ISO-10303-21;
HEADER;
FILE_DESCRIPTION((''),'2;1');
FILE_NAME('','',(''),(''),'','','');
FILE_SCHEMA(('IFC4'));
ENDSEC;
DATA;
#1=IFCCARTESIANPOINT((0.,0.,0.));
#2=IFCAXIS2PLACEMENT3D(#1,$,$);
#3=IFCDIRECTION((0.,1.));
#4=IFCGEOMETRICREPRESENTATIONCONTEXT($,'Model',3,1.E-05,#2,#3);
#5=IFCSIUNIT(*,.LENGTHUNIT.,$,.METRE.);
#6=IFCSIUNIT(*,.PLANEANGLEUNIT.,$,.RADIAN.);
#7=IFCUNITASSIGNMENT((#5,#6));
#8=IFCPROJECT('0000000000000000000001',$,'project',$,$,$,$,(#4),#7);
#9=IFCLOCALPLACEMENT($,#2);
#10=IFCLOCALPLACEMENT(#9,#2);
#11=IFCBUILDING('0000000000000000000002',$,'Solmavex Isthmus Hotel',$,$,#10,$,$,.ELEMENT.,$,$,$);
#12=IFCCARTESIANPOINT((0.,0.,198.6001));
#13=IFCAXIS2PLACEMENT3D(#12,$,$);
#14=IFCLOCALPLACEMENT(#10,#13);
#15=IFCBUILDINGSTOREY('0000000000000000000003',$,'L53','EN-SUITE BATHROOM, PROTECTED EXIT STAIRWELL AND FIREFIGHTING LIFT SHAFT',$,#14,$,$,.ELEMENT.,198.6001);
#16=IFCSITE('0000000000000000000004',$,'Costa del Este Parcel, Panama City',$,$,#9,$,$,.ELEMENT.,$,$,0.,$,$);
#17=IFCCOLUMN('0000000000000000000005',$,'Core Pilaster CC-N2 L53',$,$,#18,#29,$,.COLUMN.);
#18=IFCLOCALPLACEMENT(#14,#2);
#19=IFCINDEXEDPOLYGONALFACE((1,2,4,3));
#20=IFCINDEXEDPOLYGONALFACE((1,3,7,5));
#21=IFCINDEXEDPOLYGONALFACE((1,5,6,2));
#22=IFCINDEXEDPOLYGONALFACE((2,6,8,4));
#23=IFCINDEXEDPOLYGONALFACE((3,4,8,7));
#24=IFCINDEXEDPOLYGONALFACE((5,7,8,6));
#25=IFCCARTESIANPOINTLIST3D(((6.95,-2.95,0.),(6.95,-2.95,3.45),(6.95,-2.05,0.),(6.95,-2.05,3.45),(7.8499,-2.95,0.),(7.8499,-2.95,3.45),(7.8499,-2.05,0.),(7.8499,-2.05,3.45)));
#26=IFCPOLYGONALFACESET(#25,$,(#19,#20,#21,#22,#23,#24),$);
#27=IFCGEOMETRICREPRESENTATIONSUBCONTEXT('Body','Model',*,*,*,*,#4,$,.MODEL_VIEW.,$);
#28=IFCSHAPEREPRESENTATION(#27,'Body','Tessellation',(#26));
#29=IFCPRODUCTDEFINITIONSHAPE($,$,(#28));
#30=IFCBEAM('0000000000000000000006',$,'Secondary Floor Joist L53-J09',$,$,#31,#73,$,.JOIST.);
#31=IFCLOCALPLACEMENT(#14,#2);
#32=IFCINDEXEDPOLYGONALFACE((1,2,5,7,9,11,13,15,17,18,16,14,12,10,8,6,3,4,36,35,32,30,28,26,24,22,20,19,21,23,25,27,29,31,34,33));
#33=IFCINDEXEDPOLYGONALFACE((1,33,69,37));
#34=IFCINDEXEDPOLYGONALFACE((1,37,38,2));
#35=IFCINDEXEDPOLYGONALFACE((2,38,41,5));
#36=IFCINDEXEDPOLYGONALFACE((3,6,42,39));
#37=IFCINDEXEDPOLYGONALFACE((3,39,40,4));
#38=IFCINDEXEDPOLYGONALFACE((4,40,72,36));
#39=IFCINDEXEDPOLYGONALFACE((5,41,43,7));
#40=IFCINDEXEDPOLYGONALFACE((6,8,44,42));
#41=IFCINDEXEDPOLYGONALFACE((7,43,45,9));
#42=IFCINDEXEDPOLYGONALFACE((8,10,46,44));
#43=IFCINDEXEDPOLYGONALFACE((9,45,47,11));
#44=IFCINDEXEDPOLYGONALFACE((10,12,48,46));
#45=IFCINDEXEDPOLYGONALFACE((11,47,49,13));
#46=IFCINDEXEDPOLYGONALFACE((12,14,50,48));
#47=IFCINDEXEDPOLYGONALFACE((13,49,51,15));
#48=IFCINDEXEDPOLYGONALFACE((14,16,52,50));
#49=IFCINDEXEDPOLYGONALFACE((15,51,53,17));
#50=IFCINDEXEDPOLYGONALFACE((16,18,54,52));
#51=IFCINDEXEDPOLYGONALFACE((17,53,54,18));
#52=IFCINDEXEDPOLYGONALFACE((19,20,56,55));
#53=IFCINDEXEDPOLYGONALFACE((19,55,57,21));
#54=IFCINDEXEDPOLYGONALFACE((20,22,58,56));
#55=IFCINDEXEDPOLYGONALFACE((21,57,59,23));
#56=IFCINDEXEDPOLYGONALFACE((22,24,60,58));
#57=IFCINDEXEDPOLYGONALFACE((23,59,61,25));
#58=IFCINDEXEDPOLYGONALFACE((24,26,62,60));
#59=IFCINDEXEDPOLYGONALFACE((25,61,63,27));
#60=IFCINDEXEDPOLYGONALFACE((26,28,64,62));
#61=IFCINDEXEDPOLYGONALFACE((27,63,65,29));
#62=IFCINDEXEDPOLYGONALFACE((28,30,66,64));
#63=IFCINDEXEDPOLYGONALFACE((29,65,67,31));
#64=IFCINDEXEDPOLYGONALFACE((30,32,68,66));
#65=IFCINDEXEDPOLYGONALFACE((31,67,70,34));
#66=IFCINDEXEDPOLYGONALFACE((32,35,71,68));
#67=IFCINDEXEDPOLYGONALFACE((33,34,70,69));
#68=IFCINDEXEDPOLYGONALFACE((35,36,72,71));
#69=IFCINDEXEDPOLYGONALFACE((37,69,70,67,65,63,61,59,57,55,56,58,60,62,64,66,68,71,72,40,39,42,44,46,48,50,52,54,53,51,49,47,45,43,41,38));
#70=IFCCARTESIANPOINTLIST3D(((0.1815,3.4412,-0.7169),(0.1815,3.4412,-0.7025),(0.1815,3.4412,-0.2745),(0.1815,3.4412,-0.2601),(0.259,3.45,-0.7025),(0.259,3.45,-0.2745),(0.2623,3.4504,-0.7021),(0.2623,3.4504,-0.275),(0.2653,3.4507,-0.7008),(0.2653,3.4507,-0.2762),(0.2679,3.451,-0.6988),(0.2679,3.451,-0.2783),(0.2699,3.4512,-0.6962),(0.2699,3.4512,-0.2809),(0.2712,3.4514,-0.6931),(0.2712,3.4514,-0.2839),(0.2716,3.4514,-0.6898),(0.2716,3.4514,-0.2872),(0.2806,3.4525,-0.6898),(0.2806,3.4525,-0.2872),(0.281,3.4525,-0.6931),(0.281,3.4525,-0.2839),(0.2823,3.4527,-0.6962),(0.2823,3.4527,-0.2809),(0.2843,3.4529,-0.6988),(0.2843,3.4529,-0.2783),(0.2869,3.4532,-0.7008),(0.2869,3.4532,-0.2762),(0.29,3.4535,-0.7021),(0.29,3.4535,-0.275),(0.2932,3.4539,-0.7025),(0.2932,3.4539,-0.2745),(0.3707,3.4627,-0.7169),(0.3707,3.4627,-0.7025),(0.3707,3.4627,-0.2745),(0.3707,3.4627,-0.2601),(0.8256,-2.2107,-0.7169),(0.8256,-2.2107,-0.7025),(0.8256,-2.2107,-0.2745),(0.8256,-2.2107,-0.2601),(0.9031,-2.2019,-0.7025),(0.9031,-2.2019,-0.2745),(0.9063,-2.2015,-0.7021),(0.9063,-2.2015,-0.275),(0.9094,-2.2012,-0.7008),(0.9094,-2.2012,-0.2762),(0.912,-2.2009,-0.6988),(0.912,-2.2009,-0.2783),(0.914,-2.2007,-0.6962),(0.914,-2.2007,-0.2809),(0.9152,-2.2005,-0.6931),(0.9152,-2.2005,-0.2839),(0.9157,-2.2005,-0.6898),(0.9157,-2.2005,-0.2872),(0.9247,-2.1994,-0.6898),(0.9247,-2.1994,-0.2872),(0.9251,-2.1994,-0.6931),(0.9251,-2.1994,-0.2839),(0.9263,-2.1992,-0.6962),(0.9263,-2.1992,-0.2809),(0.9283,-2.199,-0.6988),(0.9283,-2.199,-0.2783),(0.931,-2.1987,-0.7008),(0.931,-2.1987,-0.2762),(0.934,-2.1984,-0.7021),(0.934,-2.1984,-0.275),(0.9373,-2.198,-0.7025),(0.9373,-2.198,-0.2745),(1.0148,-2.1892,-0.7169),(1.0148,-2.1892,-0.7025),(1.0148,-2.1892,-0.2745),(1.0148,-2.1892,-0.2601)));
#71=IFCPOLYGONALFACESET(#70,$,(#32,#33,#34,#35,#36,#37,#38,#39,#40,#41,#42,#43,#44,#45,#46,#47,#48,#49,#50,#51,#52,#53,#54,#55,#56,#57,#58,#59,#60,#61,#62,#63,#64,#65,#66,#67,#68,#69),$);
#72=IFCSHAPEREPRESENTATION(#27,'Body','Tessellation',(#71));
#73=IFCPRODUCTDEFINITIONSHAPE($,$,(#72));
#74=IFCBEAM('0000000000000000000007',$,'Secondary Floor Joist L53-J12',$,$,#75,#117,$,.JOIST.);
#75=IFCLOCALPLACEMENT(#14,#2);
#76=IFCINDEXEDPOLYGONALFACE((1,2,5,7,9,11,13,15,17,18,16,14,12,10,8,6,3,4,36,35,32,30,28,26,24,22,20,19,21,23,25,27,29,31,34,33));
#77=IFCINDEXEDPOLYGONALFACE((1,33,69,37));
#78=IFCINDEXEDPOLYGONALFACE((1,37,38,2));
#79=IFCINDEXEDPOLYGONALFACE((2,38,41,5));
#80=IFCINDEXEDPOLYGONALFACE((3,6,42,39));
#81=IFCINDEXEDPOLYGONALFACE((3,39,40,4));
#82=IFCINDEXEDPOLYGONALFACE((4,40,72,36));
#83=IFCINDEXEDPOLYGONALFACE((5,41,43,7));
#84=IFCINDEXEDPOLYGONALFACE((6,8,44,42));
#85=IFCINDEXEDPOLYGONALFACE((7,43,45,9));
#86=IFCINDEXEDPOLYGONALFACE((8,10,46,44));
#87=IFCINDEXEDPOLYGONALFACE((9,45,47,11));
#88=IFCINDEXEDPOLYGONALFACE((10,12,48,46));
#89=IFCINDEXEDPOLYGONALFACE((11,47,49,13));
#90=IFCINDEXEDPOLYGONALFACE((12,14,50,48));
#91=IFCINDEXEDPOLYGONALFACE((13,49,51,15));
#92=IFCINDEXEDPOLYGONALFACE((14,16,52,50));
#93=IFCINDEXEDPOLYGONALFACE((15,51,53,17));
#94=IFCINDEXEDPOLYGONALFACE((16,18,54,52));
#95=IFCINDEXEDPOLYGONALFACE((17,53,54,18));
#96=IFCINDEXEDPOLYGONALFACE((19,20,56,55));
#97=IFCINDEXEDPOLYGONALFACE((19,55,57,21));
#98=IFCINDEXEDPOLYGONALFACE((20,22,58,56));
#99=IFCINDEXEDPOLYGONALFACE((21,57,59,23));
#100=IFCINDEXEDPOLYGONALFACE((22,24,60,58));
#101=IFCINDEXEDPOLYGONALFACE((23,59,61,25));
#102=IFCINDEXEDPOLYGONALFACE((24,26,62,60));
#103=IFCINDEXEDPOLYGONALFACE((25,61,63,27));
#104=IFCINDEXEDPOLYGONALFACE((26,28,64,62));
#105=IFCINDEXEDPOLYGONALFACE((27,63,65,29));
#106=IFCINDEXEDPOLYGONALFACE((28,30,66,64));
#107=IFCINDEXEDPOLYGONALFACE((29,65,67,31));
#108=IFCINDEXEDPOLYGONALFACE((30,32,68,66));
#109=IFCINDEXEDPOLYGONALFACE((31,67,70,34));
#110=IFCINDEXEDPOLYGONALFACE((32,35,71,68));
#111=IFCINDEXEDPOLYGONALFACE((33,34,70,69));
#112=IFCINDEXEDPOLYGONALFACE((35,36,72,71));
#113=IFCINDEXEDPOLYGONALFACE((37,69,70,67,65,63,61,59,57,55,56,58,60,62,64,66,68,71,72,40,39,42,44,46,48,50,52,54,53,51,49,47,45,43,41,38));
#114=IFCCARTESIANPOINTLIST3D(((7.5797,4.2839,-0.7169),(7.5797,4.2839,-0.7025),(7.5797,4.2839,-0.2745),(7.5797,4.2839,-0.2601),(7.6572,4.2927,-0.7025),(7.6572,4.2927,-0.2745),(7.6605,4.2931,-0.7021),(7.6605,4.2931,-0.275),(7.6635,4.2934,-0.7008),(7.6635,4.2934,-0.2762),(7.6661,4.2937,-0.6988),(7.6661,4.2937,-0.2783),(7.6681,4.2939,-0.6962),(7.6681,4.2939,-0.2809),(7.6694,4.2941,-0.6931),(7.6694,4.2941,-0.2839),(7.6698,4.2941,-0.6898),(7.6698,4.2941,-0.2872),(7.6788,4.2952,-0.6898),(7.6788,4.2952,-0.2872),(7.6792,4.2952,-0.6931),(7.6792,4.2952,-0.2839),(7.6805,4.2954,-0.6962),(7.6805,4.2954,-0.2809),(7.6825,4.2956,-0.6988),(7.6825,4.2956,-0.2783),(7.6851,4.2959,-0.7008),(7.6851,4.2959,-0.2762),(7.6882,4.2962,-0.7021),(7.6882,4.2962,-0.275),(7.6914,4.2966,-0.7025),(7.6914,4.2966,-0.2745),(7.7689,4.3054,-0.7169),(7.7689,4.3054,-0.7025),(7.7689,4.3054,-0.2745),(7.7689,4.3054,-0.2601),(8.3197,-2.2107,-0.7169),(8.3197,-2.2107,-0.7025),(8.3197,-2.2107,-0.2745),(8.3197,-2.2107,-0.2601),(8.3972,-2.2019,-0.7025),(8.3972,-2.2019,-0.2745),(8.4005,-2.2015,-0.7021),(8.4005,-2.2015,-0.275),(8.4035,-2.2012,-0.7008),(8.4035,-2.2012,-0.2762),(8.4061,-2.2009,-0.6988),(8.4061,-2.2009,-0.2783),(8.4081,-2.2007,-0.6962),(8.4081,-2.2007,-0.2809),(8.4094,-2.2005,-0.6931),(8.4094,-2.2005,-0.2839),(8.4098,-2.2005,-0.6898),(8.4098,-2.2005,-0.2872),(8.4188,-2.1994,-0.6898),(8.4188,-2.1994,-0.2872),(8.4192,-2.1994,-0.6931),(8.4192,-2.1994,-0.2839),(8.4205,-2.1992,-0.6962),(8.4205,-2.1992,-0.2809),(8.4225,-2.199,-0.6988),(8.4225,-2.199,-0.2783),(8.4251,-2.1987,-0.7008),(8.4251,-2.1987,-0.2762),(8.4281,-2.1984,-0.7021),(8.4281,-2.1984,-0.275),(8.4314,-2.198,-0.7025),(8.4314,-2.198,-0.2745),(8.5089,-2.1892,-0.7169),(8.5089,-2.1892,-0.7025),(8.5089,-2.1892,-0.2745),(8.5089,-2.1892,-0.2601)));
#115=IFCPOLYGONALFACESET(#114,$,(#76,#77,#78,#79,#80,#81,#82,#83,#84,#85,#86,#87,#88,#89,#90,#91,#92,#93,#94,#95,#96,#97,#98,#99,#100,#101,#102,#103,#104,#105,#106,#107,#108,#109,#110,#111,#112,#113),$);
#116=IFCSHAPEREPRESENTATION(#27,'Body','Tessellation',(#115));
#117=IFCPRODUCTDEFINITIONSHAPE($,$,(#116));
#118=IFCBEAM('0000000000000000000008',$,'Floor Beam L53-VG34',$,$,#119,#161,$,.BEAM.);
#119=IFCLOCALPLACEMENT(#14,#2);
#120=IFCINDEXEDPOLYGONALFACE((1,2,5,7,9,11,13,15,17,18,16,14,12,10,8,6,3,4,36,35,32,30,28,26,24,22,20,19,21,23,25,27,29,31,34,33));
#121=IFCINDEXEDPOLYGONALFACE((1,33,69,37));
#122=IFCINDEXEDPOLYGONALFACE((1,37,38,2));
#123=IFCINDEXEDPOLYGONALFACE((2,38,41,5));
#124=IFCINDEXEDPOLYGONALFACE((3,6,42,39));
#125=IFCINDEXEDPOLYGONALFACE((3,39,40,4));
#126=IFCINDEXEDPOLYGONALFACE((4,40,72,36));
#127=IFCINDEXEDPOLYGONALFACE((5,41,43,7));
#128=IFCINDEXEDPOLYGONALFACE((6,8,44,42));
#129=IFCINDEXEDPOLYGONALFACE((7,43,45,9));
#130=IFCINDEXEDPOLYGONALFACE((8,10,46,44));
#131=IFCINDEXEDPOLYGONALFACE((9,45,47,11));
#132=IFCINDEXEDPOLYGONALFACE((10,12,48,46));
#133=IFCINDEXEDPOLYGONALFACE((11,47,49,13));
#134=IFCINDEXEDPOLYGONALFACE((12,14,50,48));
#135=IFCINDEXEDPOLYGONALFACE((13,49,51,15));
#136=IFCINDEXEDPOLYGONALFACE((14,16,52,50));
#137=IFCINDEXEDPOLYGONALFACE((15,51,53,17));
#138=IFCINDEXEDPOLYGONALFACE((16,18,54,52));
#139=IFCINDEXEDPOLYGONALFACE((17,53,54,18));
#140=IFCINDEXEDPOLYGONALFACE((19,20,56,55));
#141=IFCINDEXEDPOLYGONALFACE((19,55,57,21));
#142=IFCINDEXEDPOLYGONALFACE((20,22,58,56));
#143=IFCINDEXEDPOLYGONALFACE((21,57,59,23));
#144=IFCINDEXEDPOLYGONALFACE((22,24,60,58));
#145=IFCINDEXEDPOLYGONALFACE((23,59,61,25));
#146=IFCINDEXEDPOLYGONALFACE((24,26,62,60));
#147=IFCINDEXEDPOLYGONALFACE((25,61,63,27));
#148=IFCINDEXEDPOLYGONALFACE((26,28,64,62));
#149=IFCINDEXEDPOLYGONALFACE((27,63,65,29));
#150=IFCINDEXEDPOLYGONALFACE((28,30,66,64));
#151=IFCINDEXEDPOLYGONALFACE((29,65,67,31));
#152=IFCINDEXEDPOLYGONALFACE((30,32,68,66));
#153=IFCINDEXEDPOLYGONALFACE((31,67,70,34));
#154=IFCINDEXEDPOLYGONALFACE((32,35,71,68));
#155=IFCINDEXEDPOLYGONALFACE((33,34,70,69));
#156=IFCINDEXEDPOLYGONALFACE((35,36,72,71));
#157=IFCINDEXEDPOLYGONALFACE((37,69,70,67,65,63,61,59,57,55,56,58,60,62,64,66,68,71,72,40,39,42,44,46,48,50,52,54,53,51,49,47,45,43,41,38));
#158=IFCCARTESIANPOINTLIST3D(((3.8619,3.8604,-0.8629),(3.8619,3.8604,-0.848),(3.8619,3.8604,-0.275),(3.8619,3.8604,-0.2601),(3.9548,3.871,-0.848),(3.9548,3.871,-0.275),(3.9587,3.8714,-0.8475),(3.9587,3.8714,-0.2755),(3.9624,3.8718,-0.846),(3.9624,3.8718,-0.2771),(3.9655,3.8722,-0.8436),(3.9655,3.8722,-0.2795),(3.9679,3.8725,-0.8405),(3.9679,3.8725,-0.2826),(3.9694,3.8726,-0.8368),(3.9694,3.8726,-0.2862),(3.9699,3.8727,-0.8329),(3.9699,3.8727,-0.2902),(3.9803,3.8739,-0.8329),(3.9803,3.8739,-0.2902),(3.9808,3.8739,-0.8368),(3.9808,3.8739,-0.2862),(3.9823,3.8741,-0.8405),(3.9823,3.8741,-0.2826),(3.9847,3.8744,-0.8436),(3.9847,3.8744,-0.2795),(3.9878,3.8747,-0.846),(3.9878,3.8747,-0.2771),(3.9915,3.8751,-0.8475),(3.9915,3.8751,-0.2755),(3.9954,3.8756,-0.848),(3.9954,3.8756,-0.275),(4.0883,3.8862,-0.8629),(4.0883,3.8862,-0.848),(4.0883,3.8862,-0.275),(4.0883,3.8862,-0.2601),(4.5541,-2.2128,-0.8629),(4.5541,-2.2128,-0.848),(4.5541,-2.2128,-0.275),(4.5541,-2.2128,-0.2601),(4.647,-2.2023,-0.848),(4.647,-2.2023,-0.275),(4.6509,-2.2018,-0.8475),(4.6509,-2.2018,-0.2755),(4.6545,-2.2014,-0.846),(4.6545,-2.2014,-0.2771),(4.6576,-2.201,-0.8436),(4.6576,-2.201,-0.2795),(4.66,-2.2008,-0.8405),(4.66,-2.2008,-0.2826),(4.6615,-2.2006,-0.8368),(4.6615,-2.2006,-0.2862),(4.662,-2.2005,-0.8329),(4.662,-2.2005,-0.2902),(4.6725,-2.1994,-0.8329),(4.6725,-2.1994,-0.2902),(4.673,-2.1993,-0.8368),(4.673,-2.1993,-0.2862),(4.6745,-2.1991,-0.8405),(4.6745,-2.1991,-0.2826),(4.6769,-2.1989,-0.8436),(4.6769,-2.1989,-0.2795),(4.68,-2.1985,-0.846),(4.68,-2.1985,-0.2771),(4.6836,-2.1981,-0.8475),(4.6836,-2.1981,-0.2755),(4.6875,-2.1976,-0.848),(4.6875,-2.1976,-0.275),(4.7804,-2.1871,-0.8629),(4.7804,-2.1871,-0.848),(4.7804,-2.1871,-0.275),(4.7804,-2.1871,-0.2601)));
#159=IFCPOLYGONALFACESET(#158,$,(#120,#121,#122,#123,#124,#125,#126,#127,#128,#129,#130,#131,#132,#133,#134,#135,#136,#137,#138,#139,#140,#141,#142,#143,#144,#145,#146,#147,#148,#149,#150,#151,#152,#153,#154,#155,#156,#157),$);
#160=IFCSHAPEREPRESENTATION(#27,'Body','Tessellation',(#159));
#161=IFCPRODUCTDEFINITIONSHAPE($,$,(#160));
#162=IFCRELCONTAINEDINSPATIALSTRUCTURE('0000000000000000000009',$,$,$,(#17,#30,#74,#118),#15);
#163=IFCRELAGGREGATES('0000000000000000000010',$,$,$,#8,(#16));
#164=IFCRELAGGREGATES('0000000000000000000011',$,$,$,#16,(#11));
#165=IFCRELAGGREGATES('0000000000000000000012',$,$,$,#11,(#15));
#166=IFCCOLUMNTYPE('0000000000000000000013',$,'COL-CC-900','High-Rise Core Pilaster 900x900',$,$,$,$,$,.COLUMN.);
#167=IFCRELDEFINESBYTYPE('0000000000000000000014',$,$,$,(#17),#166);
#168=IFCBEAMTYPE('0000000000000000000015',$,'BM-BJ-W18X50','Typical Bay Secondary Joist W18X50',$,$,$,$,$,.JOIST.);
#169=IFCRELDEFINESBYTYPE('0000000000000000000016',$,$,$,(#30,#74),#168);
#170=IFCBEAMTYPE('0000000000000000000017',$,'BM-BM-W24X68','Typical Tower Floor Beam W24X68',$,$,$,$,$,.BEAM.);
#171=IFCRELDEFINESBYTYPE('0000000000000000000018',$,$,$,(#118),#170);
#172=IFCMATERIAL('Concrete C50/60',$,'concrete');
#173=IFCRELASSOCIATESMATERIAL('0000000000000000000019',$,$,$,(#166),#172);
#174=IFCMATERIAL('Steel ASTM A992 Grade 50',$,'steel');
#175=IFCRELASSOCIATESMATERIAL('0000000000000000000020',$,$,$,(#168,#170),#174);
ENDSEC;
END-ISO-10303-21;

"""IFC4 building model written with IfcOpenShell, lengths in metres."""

from ifc_helpers import new_model, si_unit, direction, frame, origin, origin_2d, place, context, subcontext, project, spatial, rectangle, i_section, extrude, material, material_profile, profile_set, type_object, element, save


model = new_model("IFC4")

# Units and contexts
model_context = context("Model", 3, precision=1e-05, world=origin(), true_north=direction((0.0, 1.0)))
body_context = subcontext(model_context, "Body", "Model", "MODEL_VIEW")
ifc_project = project(units=[si_unit("LENGTHUNIT", "METRE"), si_unit("PLANEANGLEUNIT", "RADIAN")], contexts=[model_context])

# Site, building, storey
site_placement = place(None, origin())
site = spatial("IfcSite", under=ifc_project, at=site_placement, Name="Costa del Este Parcel, Panama City", CompositionType="ELEMENT", RefElevation=0.0)
building_placement = place(site_placement, origin())
building = spatial("IfcBuilding", under=site, at=building_placement, Name="Solmavex Isthmus Hotel", CompositionType="ELEMENT")
storey_placement = place(building_placement, frame((0.0, 0.0, 198.6001)))
storey = spatial("IfcBuildingStorey", under=building, at=storey_placement, Name="L53", Description="EN-SUITE BATHROOM, PROTECTED EXIT STAIRWELL AND FIREFIGHTING LIFT SHAFT", CompositionType="ELEMENT", Elevation=198.6001)

# Column
ifc_material_1 = material(Name="Concrete C50/60", Category="concrete")
ifc_material_profile_1 = material_profile(ifc_material_1, rectangle(XDim=0.8999, YDim=0.8999, at=origin_2d()), Name="RC900X900")
ifc_profile_set_1 = profile_set([ifc_material_profile_1], Name="Concrete C50/60")
column_type = type_object("IfcColumnType", Name="COL-CC-900", Description="High-Rise Core Pilaster 900x900", PredefinedType="COLUMN", material=ifc_profile_set_1)
column_placement = place(storey_placement, frame((7.3999, -2.5, 0.0), z_axis=(0.0, 0.0, 1.0), x_axis=(1.0, 0.0, 0.0)))
element("IfcColumn", 1, at=column_placement, inside=storey, type_object=column_type, Name="Core Pilaster CC-N2 L53", PredefinedType="COLUMN", context=body_context, shape_type="SweptSolid", body=[
    extrude(rectangle(XDim=0.8999, YDim=0.8999, at=origin_2d()), origin(), (0.0, 0.0, 1.0), 3.45),
])

# Beams
ifc_material_2 = material(Name="Steel ASTM A992 Grade 50", Category="steel")
ifc_material_profile_2 = material_profile(ifc_material_2, i_section(OverallWidth=0.1904, OverallDepth=0.4568, WebThickness=0.009, FlangeThickness=0.0144, FilletRadius=0.0127, at=origin_2d()), Name="W18X50")
ifc_profile_set_2 = profile_set([ifc_material_profile_2], Name="Steel ASTM A992 Grade 50")
beam_type_1 = type_object("IfcBeamType", Name="BM-BJ-W18X50", Description="Typical Bay Secondary Joist W18X50", PredefinedType="JOIST", material=ifc_profile_set_2)
beam_1_placement = place(storey_placement, frame((0.9202, -2.2, -0.4885), z_axis=(-0.11322, 0.99357, 0.0), x_axis=(-0.99357, -0.11322, 0.0)))
element("IfcBeam", 2, at=beam_1_placement, inside=storey, type_object=beam_type_1, Name="Secondary Floor Joist L53-J09", PredefinedType="JOIST", context=body_context, shape_type="SweptSolid", body=[
    extrude(i_section(OverallWidth=0.1904, OverallDepth=0.4568, WebThickness=0.009, FlangeThickness=0.0144, FilletRadius=0.0127, at=origin_2d()), origin(), (0.0, 0.0, 1.0), 5.6885),
])
beam_2_placement = place(storey_placement, frame((8.4143, -2.2, -0.4885), z_axis=(-0.113206, 0.993571, 0.0), x_axis=(-0.993571, -0.113206, 0.0)))
element("IfcBeam", 3, at=beam_2_placement, inside=storey, type_object=beam_type_1, Name="Secondary Floor Joist L53-J12", PredefinedType="JOIST", context=body_context, shape_type="SweptSolid", body=[
    extrude(i_section(OverallWidth=0.1904, OverallDepth=0.4568, WebThickness=0.009, FlangeThickness=0.0144, FilletRadius=0.0127, at=origin_2d()), origin(), (0.0, 0.0, 1.0), 6.5366),
])
ifc_material_profile_3 = material_profile(ifc_material_2, i_section(OverallWidth=0.2278, OverallDepth=0.6028, WebThickness=0.0105, FlangeThickness=0.0149, FilletRadius=0.0151, at=origin_2d()), Name="W24X68")
ifc_profile_set_3 = profile_set([ifc_material_profile_3], Name="Steel ASTM A992 Grade 50")
beam_type_2 = type_object("IfcBeamType", Name="BM-BM-W24X68", Description="Typical Tower Floor Beam W24X68", PredefinedType="BEAM", material=ifc_profile_set_3)
beam_3_placement = place(storey_placement, frame((4.6672, -2.2, -0.5615), z_axis=(-0.113232, 0.993569, 0.0), x_axis=(-0.993569, -0.113232, 0.0)))
element("IfcBeam", 4, at=beam_3_placement, inside=storey, type_object=beam_type_2, Name="Floor Beam L53-VG34", PredefinedType="BEAM", context=body_context, shape_type="SweptSolid", body=[
    extrude(i_section(OverallWidth=0.2278, OverallDepth=0.6028, WebThickness=0.0105, FlangeThickness=0.0149, FilletRadius=0.0151, at=origin_2d()), origin(), (0.0, 0.0, 1.0), 6.1125),
])

save(model, "model.ifc")
